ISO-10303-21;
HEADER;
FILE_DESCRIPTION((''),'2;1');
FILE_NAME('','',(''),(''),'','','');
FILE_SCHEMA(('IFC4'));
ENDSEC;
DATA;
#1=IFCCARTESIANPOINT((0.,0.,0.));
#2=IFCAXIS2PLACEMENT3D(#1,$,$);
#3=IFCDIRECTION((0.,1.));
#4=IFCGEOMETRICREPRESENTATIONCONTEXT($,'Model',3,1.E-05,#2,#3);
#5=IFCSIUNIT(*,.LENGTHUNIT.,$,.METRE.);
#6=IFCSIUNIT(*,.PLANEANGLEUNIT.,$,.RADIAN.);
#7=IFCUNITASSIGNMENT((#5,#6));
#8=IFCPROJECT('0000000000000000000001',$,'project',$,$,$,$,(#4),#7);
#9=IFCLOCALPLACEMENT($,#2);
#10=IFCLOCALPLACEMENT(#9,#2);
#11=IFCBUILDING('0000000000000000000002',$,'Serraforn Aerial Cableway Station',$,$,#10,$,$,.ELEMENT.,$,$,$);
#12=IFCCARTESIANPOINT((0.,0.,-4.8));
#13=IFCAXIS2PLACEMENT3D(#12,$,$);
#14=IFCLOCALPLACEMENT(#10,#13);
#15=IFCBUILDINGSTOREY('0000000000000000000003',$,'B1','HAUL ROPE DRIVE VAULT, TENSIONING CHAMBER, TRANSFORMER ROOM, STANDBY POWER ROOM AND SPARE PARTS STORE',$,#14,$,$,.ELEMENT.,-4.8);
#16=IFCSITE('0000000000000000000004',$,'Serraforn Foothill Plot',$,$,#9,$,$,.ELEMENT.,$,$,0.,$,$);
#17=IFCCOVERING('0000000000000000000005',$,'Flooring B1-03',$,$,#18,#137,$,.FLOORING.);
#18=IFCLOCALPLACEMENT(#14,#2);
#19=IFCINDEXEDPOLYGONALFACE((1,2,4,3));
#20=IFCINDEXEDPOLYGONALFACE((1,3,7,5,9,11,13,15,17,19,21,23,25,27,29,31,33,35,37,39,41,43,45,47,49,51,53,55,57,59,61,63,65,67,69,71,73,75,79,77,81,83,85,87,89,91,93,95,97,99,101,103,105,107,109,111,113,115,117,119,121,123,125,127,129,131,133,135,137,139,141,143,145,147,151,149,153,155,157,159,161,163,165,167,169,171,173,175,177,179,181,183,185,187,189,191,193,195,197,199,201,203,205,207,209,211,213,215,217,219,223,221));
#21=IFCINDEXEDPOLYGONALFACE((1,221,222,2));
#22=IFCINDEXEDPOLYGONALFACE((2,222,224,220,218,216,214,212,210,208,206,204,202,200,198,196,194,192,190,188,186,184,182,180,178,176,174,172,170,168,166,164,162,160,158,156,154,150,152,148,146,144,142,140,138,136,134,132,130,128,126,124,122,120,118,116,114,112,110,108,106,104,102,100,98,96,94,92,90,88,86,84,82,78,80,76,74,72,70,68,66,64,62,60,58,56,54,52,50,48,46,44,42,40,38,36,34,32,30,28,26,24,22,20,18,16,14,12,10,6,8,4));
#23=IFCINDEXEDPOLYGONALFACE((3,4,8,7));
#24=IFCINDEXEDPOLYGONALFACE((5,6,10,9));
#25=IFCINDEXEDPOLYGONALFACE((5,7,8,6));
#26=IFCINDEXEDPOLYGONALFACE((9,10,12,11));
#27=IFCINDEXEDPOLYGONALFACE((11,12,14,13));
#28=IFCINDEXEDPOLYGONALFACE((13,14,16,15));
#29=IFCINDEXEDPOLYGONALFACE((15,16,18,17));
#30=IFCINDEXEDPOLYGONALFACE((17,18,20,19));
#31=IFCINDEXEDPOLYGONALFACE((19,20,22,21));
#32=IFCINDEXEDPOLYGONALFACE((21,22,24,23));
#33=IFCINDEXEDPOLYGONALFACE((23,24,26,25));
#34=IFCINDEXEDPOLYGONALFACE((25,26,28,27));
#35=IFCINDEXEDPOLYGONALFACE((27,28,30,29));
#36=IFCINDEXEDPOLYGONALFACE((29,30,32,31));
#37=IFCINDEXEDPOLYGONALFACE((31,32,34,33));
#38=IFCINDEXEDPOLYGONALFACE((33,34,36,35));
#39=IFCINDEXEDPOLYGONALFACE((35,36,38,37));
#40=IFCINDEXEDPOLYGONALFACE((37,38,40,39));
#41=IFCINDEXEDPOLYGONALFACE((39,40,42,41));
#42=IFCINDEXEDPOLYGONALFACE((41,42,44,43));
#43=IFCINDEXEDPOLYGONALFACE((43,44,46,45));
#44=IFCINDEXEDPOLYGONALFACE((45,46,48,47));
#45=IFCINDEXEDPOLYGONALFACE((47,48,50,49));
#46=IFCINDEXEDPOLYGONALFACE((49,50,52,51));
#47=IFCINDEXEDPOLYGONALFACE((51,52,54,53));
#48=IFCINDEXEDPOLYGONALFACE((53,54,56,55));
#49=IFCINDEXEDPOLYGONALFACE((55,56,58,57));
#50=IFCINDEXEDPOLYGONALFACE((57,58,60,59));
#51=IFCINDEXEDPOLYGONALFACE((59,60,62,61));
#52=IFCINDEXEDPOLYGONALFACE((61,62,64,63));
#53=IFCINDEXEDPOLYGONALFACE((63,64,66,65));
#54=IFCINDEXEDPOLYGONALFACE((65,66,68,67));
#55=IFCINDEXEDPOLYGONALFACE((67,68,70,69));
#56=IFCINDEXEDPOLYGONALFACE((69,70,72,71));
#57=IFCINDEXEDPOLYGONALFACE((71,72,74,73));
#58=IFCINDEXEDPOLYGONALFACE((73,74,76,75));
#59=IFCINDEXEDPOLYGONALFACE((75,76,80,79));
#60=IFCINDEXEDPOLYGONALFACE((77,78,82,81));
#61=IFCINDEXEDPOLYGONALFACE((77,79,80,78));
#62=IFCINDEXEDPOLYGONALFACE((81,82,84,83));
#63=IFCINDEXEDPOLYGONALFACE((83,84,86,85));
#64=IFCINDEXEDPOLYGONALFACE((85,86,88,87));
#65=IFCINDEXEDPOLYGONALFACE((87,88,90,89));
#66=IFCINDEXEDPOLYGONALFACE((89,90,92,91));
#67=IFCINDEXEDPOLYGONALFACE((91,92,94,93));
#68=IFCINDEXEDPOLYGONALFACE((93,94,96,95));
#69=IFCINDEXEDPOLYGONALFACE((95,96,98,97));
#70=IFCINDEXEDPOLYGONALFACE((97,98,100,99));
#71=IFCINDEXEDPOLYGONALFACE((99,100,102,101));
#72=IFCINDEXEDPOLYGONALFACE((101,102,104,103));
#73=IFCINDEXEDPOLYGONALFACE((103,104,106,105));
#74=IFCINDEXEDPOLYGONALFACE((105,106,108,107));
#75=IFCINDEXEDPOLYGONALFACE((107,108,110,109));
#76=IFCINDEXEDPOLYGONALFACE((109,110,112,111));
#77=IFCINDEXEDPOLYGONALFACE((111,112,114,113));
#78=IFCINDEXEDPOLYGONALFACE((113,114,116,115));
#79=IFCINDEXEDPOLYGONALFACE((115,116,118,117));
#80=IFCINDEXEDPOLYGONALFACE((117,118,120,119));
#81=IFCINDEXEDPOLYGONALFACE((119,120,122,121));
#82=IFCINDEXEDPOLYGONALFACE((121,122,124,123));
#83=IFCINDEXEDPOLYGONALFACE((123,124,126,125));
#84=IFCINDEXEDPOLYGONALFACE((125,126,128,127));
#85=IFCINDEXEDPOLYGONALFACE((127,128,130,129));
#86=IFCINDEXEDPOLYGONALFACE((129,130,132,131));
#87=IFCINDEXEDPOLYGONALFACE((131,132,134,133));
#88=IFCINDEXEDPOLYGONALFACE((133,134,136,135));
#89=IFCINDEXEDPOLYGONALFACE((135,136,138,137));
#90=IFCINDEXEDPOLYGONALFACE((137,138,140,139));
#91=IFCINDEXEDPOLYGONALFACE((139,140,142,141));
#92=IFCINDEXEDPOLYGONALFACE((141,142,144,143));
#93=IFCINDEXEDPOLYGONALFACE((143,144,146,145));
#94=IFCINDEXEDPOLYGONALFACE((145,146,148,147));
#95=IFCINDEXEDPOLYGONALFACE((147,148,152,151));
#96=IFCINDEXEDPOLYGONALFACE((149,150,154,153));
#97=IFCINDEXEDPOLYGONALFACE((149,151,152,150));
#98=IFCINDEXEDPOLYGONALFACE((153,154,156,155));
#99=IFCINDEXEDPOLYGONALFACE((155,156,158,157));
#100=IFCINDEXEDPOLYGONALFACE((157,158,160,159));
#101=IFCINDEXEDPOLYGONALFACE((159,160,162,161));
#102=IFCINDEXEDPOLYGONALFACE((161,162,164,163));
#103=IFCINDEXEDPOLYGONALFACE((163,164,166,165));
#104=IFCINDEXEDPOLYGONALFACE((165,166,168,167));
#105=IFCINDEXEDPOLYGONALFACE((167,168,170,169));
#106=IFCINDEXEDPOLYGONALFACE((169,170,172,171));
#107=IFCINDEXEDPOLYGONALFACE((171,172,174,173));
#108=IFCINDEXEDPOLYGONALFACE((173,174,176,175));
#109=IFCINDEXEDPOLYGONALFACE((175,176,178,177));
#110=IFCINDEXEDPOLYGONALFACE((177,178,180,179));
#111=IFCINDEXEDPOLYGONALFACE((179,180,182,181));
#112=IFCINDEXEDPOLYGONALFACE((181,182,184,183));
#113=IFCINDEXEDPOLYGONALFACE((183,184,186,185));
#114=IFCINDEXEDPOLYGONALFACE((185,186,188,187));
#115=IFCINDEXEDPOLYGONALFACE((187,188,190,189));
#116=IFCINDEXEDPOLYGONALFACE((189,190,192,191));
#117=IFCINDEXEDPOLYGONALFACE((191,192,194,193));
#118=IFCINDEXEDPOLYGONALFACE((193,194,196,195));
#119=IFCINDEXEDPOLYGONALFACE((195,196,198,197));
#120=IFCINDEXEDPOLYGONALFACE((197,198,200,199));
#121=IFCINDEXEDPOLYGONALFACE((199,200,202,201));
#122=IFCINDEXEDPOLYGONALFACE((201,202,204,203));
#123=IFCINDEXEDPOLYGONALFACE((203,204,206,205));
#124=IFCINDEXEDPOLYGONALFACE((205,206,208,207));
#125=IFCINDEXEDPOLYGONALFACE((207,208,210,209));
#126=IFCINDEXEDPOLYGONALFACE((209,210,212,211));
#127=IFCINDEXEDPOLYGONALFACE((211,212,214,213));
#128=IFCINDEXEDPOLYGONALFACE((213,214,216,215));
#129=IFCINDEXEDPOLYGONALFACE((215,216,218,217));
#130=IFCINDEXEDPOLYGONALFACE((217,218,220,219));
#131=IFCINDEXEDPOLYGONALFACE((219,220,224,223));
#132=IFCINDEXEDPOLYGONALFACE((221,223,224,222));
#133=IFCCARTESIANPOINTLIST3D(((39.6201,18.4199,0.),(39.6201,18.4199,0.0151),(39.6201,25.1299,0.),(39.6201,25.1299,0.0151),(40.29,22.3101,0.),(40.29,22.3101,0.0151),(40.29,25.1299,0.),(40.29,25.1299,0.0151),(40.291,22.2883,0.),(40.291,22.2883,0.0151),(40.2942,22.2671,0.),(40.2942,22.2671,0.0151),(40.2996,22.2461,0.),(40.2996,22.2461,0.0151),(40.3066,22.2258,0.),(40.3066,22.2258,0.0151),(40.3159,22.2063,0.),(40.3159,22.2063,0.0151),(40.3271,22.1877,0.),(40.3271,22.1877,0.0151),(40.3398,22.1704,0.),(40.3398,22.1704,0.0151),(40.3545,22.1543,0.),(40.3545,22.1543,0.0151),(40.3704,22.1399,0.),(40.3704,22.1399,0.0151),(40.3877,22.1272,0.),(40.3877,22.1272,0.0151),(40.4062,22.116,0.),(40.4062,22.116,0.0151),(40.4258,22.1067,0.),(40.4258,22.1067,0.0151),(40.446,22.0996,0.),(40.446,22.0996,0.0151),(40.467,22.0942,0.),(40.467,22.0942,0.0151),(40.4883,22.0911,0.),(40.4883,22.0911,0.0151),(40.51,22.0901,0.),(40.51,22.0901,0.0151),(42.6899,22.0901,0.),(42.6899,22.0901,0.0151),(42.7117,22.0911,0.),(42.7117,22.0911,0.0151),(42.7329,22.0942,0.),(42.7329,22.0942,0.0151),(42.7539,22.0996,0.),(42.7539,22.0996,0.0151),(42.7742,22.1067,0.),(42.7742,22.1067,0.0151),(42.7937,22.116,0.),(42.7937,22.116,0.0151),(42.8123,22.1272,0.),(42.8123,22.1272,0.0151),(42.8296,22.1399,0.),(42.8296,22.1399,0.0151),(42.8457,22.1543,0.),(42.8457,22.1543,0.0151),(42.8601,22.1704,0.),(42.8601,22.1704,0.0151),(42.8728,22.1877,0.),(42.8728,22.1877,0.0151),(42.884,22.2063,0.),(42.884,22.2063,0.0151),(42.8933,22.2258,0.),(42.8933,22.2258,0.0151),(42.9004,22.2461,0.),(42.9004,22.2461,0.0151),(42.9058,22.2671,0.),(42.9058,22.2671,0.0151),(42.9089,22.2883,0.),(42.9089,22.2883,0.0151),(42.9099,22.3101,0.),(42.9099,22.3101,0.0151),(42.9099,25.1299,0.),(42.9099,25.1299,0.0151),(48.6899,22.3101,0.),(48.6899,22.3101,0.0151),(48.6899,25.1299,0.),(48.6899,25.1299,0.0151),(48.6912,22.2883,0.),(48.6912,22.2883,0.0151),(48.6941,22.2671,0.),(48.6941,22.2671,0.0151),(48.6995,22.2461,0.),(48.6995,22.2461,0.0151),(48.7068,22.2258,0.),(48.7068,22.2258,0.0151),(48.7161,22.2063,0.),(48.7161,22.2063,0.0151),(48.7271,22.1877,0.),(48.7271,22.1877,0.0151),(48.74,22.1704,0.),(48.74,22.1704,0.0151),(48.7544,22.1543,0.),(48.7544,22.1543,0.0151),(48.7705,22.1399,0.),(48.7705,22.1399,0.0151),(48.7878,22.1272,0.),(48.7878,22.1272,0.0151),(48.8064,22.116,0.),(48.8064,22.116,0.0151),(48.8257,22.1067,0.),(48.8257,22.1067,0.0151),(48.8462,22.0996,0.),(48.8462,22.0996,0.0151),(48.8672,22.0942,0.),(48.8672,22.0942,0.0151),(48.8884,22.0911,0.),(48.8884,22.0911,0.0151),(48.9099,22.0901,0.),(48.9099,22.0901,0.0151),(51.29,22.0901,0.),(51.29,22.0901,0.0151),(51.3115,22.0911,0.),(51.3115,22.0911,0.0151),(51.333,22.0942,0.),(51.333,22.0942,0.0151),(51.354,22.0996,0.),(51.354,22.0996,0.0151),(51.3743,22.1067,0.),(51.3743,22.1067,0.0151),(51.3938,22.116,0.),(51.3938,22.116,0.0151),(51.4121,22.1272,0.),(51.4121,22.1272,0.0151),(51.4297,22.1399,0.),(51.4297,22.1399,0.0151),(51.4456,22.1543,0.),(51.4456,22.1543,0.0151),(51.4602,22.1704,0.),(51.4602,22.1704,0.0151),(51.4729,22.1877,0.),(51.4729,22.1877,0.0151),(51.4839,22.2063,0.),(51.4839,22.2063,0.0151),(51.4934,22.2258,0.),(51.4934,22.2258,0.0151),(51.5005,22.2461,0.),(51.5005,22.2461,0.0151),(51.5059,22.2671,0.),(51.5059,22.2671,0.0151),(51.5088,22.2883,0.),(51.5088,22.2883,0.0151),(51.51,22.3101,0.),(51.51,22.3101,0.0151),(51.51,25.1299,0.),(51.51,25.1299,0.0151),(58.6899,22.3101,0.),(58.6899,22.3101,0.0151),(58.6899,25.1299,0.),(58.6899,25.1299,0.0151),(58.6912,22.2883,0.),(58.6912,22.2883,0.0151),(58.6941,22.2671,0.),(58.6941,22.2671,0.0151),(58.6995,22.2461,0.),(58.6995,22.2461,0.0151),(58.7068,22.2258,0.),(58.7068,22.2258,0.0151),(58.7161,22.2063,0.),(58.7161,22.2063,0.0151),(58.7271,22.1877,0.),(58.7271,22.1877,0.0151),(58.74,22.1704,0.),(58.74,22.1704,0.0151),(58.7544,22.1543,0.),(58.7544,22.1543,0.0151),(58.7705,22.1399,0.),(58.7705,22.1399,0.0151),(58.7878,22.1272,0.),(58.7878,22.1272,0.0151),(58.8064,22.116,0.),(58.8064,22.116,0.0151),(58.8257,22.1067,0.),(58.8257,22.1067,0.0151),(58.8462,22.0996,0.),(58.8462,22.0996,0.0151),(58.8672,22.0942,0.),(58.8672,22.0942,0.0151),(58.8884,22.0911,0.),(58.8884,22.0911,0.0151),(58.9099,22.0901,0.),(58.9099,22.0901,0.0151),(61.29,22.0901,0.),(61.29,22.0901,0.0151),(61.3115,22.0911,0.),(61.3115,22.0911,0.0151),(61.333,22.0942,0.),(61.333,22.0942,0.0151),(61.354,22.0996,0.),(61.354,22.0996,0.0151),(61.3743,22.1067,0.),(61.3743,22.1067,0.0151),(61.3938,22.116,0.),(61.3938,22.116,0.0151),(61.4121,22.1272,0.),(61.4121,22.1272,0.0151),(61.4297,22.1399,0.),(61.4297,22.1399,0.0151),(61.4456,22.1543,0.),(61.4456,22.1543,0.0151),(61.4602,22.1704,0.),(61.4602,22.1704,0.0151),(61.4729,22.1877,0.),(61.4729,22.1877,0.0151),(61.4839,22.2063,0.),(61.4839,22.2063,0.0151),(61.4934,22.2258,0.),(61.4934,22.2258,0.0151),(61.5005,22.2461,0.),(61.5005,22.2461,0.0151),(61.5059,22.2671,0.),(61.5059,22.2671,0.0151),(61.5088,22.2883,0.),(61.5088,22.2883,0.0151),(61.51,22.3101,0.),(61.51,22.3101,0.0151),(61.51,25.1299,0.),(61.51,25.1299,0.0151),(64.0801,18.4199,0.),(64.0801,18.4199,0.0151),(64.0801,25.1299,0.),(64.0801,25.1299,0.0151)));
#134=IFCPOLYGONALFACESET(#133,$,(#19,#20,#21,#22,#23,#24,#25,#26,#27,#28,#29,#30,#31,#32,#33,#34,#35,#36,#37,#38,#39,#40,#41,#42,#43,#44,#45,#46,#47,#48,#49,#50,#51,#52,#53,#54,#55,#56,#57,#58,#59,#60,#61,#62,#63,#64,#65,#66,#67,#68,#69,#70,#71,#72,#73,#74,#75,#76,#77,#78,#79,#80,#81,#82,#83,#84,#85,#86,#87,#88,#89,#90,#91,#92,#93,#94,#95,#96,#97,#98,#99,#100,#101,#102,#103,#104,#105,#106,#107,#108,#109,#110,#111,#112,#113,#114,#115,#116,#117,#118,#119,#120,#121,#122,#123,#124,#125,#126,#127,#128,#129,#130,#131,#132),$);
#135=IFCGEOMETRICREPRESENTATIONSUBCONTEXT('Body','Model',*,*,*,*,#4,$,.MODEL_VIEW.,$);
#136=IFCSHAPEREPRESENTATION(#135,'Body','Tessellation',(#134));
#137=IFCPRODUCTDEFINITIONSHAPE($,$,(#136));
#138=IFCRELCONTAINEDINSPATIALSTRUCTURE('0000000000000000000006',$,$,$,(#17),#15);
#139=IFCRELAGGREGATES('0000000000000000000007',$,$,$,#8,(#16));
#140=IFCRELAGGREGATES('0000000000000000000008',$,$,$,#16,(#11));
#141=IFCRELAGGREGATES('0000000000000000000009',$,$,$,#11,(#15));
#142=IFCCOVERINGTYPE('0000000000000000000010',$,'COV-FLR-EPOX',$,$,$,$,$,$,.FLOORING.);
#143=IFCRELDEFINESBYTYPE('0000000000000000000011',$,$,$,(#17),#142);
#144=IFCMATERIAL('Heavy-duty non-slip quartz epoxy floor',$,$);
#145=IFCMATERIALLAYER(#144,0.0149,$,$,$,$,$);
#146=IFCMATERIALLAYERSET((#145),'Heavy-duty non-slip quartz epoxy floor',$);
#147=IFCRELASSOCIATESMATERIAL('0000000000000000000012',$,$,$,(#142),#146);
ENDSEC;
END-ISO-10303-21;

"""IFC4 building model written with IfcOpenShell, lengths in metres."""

from ifc_helpers import new_model, si_unit, direction, frame, origin, place, context, subcontext, project, spatial, polyline, outline, extrude, material, layer, layer_set, type_object, element, save


model = new_model("IFC4")

# Units and contexts
model_context = context("Model", 3, precision=1e-05, world=origin(), true_north=direction((0.0, 1.0)))
body_context = subcontext(model_context, "Body", "Model", "MODEL_VIEW")
ifc_project = project(units=[si_unit("LENGTHUNIT", "METRE"), si_unit("PLANEANGLEUNIT", "RADIAN")], contexts=[model_context])

# Site, building, storey
site_placement = place(None, origin())
site = spatial("IfcSite", under=ifc_project, at=site_placement, Name="Serraforn Foothill Plot", CompositionType="ELEMENT", RefElevation=0.0)
building_placement = place(site_placement, origin())
building = spatial("IfcBuilding", under=site, at=building_placement, Name="Serraforn Aerial Cableway Station", CompositionType="ELEMENT")
storey_placement = place(building_placement, frame((0.0, 0.0, -4.8)))
storey = spatial("IfcBuildingStorey", under=building, at=storey_placement, Name="B1", Description="HAUL ROPE DRIVE VAULT, TENSIONING CHAMBER, TRANSFORMER ROOM, STANDBY POWER ROOM AND SPARE PARTS STORE", CompositionType="ELEMENT", Elevation=-4.8)

# Covering
ifc_material_1 = material(Name="Heavy-duty non-slip quartz epoxy floor")
ifc_layer_1 = layer(ifc_material_1, 0.0149)
ifc_layer_set_1 = layer_set([ifc_layer_1], Name="Heavy-duty non-slip quartz epoxy floor")
covering_type_1 = type_object("IfcCoveringType", Name="COV-FLR-EPOX", PredefinedType="FLOORING", material=ifc_layer_set_1)
covering_1_placement = place(storey_placement, origin())
element("IfcCovering", 1, at=covering_1_placement, inside=storey, type_object=covering_type_1, Name="Flooring B1-03", PredefinedType="FLOORING", context=body_context, shape_type="SweptSolid", body=[
    extrude(outline(polyline([(39.6201, 18.4199), (39.6201, 25.1299), (40.29, 25.1299), (40.29, 22.3101), (40.291, 22.2883), (40.2942, 22.2671), (40.2996, 22.2461), (40.3066, 22.2258), (40.3159, 22.2063), (40.3271, 22.1877), (40.3398, 22.1704), (40.3545, 22.1543), (40.3704, 22.1399), (40.3877, 22.1272), (40.4062, 22.116), (40.4258, 22.1067), (40.446, 22.0996), (40.467, 22.0942), (40.4883, 22.0911), (40.51, 22.0901), (42.6899, 22.0901), (42.7117, 22.0911), (42.7329, 22.0942), (42.7539, 22.0996), (42.7742, 22.1067), (42.7937, 22.116), (42.8123, 22.1272), (42.8296, 22.1399), (42.8457, 22.1543), (42.8601, 22.1704), (42.8728, 22.1877), (42.884, 22.2063), (42.8933, 22.2258), (42.9004, 22.2461), (42.9058, 22.2671), (42.9089, 22.2883), (42.9099, 22.3101), (42.9099, 25.1299), (48.6899, 25.1299), (48.6899, 22.3101), (48.6912, 22.2883), (48.6941, 22.2671), (48.6995, 22.2461), (48.7068, 22.2258), (48.7161, 22.2063), (48.7271, 22.1877), (48.74, 22.1704), (48.7544, 22.1543), (48.7705, 22.1399), (48.7878, 22.1272), (48.8064, 22.116), (48.8257, 22.1067), (48.8462, 22.0996), (48.8672, 22.0942), (48.8884, 22.0911), (48.9099, 22.0901), (51.29, 22.0901), (51.3115, 22.0911), (51.333, 22.0942), (51.354, 22.0996), (51.3743, 22.1067), (51.3938, 22.116), (51.4121, 22.1272), (51.4297, 22.1399), (51.4456, 22.1543), (51.4602, 22.1704), (51.4729, 22.1877), (51.4839, 22.2063), (51.4934, 22.2258), (51.5005, 22.2461), (51.5059, 22.2671), (51.5088, 22.2883), (51.51, 22.3101), (51.51, 25.1299), (58.6899, 25.1299), (58.6899, 22.3101), (58.6912, 22.2883), (58.6941, 22.2671), (58.6995, 22.2461), (58.7068, 22.2258), (58.7161, 22.2063), (58.7271, 22.1877), (58.74, 22.1704), (58.7544, 22.1543), (58.7705, 22.1399), (58.7878, 22.1272), (58.8064, 22.116), (58.8257, 22.1067), (58.8462, 22.0996), (58.8672, 22.0942), (58.8884, 22.0911), (58.9099, 22.0901), (61.29, 22.0901), (61.3115, 22.0911), (61.333, 22.0942), (61.354, 22.0996), (61.3743, 22.1067), (61.3938, 22.116), (61.4121, 22.1272), (61.4297, 22.1399), (61.4456, 22.1543), (61.4602, 22.1704), (61.4729, 22.1877), (61.4839, 22.2063), (61.4934, 22.2258), (61.5005, 22.2461), (61.5059, 22.2671), (61.5088, 22.2883), (61.51, 22.3101), (61.51, 25.1299), (64.0801, 25.1299), (64.0801, 18.4199), (39.6201, 18.4199)])), origin(), (0.0, 0.0, 1.0), 0.0151),
])

save(model, "model.ifc")
